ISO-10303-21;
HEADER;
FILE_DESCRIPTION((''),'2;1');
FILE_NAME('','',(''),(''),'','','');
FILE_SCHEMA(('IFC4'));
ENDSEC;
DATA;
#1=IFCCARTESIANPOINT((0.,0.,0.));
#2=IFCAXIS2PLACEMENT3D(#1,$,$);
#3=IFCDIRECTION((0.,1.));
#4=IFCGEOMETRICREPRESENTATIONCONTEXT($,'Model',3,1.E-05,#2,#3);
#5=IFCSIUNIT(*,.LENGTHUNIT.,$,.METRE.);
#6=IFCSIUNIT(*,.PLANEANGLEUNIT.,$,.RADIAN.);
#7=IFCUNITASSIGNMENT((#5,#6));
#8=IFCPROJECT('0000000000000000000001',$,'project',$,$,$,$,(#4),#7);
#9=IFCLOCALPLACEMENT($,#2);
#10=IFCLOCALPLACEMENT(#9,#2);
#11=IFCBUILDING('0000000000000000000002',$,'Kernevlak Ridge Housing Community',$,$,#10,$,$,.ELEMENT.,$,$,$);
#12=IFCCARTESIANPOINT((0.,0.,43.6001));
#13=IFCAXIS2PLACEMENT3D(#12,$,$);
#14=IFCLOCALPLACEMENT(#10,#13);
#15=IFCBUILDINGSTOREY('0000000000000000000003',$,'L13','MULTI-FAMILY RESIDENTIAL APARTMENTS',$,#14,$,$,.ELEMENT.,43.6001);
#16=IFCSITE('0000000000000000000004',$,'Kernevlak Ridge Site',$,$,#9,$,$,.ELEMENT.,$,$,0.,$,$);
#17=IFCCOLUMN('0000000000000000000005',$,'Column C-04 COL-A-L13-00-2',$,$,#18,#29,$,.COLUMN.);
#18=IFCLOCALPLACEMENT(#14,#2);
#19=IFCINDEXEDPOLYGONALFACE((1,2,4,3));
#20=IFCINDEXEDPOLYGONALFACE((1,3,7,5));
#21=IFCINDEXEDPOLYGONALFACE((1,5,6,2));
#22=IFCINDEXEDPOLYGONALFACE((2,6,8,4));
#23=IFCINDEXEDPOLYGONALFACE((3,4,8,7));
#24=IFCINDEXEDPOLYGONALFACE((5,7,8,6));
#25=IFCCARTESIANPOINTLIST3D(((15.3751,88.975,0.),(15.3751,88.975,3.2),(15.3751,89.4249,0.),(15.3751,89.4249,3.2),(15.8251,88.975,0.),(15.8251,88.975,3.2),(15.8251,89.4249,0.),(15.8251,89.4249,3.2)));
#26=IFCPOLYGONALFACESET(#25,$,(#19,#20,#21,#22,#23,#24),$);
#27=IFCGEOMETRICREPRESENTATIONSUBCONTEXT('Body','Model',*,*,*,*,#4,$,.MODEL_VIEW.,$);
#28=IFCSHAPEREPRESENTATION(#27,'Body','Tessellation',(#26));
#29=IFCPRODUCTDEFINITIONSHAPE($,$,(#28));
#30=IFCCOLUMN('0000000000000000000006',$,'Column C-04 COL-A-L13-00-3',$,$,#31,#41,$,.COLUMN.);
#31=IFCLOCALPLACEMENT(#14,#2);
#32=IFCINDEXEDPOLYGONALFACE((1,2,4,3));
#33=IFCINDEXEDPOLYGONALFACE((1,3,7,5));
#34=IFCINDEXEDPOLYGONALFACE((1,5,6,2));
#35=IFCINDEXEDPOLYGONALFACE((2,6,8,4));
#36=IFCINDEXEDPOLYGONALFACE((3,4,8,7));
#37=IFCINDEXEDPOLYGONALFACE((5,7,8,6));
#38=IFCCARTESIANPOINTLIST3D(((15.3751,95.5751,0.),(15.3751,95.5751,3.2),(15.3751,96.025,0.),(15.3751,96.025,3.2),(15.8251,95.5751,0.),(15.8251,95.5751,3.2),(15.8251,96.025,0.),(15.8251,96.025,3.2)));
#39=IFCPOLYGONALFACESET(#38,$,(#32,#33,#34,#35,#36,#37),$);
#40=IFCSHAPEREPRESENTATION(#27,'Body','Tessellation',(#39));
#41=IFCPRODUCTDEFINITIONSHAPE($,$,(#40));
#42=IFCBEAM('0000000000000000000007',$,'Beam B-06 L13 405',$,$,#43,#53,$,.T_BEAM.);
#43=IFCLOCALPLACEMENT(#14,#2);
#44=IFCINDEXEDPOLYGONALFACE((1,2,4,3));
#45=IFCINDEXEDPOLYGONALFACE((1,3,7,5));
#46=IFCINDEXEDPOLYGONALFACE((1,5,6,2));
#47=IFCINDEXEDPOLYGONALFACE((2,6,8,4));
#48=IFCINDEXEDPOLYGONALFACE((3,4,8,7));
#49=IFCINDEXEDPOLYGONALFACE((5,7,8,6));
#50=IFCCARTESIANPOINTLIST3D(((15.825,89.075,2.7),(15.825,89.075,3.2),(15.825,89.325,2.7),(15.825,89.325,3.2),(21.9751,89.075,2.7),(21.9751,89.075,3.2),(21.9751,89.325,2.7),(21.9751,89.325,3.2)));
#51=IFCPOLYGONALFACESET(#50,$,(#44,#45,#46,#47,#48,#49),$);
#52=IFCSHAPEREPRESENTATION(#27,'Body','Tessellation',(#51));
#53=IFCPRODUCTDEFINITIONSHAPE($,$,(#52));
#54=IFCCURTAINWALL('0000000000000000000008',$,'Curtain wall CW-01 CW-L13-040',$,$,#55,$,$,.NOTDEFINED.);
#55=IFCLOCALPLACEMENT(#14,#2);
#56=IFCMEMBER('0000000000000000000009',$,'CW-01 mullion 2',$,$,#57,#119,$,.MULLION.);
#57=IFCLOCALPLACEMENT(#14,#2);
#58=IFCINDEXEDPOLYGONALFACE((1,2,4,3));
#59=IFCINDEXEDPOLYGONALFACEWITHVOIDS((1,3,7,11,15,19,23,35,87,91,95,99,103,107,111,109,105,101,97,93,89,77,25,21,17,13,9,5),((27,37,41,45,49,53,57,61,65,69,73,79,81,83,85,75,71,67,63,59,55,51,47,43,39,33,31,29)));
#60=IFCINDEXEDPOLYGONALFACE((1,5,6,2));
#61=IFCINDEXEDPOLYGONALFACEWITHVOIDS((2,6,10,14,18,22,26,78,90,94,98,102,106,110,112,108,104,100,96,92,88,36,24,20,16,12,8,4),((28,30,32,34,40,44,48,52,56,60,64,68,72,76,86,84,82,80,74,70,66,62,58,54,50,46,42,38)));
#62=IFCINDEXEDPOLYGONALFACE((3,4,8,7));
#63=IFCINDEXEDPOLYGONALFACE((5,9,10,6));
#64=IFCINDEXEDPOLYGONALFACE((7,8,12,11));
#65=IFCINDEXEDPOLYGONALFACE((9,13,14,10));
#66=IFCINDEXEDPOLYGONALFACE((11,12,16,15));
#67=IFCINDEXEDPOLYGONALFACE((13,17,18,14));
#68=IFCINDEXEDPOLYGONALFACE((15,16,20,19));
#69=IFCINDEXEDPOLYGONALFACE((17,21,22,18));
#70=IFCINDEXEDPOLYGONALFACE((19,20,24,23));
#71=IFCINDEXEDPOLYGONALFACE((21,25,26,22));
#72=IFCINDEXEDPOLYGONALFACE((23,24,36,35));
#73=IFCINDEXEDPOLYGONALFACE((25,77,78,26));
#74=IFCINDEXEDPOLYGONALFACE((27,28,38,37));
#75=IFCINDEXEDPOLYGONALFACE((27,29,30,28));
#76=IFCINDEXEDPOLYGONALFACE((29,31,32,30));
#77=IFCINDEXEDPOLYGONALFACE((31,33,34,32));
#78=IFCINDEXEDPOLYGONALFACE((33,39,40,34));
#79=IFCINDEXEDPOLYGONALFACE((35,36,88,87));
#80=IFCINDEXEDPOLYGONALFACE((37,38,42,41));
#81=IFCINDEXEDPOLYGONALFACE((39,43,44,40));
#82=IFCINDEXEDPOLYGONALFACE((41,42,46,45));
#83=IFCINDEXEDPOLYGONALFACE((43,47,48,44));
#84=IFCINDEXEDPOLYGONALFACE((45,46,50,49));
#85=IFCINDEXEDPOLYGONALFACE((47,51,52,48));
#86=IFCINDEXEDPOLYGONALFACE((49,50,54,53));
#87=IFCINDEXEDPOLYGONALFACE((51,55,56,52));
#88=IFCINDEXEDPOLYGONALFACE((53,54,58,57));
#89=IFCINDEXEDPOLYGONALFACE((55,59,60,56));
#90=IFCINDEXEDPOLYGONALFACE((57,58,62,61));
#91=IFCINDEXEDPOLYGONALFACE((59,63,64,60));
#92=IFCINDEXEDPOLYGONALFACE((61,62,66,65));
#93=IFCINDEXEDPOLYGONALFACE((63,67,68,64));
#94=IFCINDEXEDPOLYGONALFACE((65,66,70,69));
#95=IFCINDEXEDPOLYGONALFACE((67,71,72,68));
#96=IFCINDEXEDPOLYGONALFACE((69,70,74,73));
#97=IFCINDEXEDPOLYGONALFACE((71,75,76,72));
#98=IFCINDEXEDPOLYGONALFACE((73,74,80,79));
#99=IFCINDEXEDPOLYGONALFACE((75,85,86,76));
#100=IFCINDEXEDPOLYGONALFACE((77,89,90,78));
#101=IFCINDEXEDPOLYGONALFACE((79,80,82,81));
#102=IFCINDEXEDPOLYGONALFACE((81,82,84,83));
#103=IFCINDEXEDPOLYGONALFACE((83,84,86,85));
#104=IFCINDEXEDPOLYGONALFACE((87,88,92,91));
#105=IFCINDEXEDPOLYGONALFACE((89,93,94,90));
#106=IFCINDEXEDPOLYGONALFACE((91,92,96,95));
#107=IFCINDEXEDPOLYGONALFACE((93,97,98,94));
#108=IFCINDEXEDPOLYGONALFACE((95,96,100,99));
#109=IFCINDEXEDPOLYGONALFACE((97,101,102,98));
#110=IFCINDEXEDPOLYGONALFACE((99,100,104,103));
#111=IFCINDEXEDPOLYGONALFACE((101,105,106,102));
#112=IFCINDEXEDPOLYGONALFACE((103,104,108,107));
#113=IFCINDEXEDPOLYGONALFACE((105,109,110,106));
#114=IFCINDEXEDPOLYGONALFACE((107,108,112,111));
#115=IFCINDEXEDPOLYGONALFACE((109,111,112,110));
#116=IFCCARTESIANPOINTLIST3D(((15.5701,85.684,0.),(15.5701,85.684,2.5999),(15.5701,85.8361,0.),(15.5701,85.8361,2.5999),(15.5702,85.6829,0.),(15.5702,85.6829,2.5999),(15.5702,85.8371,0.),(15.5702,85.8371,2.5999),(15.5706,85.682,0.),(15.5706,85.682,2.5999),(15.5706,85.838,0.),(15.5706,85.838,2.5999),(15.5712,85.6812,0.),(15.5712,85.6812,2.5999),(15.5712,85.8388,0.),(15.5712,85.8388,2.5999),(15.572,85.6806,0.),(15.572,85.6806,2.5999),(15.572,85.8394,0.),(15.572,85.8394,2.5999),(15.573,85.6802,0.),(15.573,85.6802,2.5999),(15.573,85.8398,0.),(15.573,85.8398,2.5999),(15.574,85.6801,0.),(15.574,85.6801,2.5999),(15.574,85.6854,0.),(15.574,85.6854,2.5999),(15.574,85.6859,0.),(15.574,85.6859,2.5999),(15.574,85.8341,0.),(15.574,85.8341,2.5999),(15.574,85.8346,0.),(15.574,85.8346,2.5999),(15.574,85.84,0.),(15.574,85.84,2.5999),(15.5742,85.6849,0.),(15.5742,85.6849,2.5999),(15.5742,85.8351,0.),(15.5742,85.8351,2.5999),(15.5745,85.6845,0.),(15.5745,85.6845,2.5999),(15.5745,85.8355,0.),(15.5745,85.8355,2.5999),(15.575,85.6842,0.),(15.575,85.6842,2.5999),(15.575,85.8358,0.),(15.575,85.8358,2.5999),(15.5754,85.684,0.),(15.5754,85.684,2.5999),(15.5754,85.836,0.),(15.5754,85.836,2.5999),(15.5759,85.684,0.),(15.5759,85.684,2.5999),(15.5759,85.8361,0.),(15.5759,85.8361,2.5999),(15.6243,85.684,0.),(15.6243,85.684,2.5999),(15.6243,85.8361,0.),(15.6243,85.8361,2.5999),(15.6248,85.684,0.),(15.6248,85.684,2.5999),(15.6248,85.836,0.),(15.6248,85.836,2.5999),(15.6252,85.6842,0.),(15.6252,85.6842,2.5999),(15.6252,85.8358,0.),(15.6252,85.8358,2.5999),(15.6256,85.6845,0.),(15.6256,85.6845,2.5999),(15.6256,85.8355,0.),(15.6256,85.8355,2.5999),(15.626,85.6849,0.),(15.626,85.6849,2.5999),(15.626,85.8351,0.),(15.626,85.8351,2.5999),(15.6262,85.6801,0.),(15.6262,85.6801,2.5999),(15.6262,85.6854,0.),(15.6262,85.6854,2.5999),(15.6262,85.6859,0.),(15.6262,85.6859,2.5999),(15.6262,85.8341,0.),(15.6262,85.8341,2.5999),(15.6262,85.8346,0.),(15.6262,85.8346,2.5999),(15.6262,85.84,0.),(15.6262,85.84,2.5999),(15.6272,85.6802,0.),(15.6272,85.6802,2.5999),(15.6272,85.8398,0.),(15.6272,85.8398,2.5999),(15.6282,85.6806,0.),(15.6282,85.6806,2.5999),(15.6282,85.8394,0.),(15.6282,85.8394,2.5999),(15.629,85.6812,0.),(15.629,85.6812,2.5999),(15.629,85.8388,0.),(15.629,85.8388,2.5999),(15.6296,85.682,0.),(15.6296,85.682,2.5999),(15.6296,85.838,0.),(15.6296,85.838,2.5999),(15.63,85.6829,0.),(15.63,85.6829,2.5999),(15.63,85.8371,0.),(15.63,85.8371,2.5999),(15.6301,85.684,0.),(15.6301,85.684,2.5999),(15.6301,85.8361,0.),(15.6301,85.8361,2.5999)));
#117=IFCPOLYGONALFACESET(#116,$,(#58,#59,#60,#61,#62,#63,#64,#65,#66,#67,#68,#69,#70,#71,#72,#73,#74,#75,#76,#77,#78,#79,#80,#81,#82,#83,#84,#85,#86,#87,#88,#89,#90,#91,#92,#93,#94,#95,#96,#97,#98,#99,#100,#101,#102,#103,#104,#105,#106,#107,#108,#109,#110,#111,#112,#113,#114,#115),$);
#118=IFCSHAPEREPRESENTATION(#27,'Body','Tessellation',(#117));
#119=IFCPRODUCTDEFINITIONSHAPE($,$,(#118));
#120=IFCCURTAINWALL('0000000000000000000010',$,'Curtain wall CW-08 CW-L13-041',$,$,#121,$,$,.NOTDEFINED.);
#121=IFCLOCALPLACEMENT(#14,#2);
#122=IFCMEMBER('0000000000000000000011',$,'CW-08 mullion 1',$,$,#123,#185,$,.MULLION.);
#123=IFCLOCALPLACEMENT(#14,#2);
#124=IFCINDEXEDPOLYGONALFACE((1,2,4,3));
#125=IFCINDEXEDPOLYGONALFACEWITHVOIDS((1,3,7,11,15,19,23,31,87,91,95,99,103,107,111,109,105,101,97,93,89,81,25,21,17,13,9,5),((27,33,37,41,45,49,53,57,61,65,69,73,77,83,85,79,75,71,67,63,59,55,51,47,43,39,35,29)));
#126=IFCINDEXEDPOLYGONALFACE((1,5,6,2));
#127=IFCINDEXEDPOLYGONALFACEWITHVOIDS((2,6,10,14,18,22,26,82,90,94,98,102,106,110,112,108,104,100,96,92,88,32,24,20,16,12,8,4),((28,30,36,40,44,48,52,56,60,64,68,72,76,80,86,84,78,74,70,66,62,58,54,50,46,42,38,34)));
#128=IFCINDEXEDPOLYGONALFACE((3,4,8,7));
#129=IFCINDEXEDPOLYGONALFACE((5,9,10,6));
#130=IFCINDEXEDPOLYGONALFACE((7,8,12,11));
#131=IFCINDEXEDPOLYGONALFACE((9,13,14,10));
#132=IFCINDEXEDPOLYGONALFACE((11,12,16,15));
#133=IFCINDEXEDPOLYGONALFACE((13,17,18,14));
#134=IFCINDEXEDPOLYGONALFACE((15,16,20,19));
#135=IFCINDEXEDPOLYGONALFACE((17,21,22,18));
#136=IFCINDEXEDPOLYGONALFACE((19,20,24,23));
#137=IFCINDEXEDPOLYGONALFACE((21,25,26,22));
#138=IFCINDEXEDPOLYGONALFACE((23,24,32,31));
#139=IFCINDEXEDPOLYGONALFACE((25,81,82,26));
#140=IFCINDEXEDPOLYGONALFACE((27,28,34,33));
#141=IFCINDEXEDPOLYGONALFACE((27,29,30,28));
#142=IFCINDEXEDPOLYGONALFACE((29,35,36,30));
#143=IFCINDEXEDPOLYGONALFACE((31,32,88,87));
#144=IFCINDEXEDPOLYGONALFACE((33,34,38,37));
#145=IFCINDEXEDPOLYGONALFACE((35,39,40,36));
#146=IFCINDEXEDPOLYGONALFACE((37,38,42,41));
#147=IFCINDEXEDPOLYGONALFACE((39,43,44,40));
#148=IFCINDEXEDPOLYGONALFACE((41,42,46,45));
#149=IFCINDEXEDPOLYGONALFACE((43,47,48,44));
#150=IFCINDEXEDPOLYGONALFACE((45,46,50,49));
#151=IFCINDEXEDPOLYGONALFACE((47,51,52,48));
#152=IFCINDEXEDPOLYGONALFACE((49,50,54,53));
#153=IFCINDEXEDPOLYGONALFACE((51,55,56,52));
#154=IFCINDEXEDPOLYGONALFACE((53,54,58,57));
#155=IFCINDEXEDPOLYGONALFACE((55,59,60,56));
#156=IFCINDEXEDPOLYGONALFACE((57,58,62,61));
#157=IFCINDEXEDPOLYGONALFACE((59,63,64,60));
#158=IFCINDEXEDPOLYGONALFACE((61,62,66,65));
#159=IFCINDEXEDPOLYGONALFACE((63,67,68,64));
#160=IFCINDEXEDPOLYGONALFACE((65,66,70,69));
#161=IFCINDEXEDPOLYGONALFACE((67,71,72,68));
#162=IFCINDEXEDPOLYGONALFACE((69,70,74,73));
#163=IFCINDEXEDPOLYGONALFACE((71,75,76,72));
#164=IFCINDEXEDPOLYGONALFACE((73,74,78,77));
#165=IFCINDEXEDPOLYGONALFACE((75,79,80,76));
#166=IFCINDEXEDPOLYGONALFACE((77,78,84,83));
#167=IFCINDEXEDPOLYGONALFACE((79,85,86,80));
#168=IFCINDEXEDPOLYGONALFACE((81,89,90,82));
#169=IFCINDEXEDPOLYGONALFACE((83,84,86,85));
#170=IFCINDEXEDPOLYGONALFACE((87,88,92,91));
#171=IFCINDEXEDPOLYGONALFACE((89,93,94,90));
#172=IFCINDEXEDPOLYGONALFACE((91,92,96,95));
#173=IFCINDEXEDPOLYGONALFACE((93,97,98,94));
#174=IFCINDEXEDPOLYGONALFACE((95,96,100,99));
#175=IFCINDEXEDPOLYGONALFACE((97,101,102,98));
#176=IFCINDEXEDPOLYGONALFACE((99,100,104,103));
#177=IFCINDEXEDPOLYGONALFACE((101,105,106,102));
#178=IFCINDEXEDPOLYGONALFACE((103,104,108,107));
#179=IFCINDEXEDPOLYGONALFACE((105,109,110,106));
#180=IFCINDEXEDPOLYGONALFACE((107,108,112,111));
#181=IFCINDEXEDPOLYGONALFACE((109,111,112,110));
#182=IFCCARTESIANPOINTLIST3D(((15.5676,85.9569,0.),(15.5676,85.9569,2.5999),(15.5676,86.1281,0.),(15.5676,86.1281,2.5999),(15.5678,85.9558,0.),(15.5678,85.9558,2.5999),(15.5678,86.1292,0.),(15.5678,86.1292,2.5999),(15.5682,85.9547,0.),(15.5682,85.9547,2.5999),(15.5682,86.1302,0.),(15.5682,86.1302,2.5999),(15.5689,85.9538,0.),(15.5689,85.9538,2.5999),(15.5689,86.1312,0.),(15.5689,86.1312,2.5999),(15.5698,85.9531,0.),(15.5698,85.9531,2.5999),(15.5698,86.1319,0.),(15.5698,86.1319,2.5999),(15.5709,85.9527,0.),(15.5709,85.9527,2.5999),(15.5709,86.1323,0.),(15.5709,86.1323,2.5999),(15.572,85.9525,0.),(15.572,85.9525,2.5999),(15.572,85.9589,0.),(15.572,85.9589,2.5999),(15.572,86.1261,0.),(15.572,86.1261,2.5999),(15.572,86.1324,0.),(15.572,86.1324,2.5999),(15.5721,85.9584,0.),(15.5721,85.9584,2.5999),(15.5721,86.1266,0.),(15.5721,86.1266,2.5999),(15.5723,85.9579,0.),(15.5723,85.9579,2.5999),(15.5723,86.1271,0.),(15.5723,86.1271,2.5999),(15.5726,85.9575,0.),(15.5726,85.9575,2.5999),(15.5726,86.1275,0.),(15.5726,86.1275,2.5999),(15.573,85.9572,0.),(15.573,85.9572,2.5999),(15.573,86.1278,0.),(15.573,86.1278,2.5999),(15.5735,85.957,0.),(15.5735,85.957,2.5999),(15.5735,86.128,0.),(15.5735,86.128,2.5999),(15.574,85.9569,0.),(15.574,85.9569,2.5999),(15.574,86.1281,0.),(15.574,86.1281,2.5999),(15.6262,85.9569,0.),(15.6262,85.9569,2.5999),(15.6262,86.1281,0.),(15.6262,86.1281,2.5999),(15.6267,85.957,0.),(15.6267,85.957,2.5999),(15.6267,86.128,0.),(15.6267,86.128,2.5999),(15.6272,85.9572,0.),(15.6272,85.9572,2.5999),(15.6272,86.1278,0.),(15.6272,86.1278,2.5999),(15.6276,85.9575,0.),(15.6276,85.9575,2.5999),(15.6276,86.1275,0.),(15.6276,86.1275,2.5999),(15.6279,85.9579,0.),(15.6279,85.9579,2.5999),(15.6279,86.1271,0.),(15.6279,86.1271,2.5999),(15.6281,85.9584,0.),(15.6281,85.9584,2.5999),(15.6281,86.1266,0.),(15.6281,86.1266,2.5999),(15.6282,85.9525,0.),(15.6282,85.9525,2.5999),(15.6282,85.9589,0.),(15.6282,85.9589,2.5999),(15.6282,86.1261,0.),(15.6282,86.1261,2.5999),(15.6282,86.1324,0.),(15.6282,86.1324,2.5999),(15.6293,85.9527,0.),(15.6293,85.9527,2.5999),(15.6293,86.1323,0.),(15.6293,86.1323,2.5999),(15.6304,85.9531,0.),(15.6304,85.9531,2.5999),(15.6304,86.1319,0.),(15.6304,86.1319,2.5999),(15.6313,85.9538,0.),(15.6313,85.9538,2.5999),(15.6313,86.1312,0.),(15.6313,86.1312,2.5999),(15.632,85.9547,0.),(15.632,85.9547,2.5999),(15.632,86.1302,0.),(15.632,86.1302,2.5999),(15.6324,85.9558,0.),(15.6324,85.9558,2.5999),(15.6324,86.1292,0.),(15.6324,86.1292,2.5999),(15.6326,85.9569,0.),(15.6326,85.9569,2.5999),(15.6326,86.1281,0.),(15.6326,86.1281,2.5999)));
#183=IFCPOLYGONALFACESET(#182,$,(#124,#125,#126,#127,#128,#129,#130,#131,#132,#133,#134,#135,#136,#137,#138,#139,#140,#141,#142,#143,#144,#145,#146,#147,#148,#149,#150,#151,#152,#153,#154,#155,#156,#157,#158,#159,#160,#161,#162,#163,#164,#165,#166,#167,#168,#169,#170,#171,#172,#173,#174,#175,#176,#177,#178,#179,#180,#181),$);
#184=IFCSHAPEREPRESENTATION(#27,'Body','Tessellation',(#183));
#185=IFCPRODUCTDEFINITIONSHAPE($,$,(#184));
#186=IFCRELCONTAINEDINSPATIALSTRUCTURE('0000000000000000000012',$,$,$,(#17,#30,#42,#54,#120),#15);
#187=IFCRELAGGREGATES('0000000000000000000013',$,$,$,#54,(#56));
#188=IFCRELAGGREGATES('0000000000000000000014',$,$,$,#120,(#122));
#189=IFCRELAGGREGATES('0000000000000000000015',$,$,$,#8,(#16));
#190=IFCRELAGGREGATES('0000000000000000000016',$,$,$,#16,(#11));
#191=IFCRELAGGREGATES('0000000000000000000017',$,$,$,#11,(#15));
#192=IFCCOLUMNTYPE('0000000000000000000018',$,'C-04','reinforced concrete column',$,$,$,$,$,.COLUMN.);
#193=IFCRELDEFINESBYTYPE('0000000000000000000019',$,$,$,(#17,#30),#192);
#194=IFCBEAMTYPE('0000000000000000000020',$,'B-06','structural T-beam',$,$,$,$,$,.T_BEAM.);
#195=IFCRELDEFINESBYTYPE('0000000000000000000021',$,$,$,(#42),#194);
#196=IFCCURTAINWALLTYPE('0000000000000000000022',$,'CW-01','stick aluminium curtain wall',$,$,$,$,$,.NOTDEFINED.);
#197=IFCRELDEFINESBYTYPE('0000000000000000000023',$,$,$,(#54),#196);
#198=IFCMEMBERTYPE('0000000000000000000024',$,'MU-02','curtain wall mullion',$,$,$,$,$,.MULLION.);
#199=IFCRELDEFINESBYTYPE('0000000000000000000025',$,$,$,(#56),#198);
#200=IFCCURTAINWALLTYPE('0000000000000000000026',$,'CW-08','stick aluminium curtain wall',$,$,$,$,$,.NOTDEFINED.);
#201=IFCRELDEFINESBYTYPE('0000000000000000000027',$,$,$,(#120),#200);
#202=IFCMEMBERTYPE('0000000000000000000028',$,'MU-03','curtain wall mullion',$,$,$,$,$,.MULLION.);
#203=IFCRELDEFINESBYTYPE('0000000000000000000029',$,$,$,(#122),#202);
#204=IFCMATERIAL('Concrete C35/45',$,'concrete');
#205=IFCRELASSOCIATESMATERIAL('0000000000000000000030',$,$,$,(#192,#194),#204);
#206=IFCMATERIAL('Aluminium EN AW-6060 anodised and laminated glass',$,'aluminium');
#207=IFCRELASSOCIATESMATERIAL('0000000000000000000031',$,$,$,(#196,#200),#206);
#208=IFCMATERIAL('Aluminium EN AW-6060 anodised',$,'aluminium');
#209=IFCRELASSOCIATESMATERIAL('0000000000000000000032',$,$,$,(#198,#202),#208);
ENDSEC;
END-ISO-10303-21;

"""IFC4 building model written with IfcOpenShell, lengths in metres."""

from ifc_helpers import new_model, si_unit, direction, frame, origin, origin_2d, place, context, subcontext, project, spatial, rectangle, hollow_rectangle, extrude, material, material_profile, profile_set, type_object, element, aggregate, save


model = new_model("IFC4")

# Units and contexts
model_context = context("Model", 3, precision=1e-05, world=origin(), true_north=direction((0.0, 1.0)))
body_context = subcontext(model_context, "Body", "Model", "MODEL_VIEW")
ifc_project = project(units=[si_unit("LENGTHUNIT", "METRE"), si_unit("PLANEANGLEUNIT", "RADIAN")], contexts=[model_context])

# Site, building, storey
site_placement = place(None, origin())
site = spatial("IfcSite", under=ifc_project, at=site_placement, Name="Kernevlak Ridge Site", CompositionType="ELEMENT", RefElevation=0.0)
building_placement = place(site_placement, origin())
building = spatial("IfcBuilding", under=site, at=building_placement, Name="Kernevlak Ridge Housing Community", CompositionType="ELEMENT")
storey_placement = place(building_placement, frame((0.0, 0.0, 43.6001)))
storey = spatial("IfcBuildingStorey", under=building, at=storey_placement, Name="L13", Description="MULTI-FAMILY RESIDENTIAL APARTMENTS", CompositionType="ELEMENT", Elevation=43.6001)

# Columns
ifc_material_1 = material(Name="Concrete C35/45", Category="concrete")
ifc_material_profile_1 = material_profile(ifc_material_1, rectangle(XDim=0.45, YDim=0.45, at=origin_2d()), Name="RC 450x450")
ifc_profile_set_1 = profile_set([ifc_material_profile_1], Name="Concrete C35/45")
column_type = type_object("IfcColumnType", Name="C-04", Description="reinforced concrete column", PredefinedType="COLUMN", material=ifc_profile_set_1)
for number, where, z_axis, x_axis, name in (
    (1, (15.6001, 89.2, 0.0), (0.0, 0.0, 1.0), (1.0, 0.0, 0.0), "Column C-04 COL-A-L13-00-2"),
    (2, (15.6001, 95.8, 0.0), (0.0, 0.0, 1.0), (1.0, 0.0, 0.0), "Column C-04 COL-A-L13-00-3"),
):
    element("IfcColumn", number, at=place(storey_placement, frame(where, z_axis=z_axis, x_axis=x_axis)), inside=storey, type_object=column_type, Name=name, PredefinedType="COLUMN", context=body_context, shape_type="SweptSolid", body=[
        extrude(rectangle(XDim=0.45, YDim=0.45, at=origin_2d()), origin(), (0.0, 0.0, 1.0), 3.2),
    ])

# Beam
ifc_material_profile_2 = material_profile(ifc_material_1, rectangle(XDim=0.25, YDim=0.5, at=origin_2d()), Name="RC 250x500")
ifc_profile_set_2 = profile_set([ifc_material_profile_2], Name="Concrete C35/45")
beam_type_1 = type_object("IfcBeamType", Name="B-06", Description="structural T-beam", PredefinedType="T_BEAM", material=ifc_profile_set_2)
beam_1_placement = place(storey_placement, frame((15.825, 89.2, 2.95), z_axis=(1.0, 0.0, 0.0), x_axis=(0.0, 1.0, 0.0)))
element("IfcBeam", 3, at=beam_1_placement, inside=storey, type_object=beam_type_1, Name="Beam B-06 L13 405", PredefinedType="T_BEAM", context=body_context, shape_type="SweptSolid", body=[
    extrude(rectangle(XDim=0.25, YDim=0.5, at=origin_2d()), origin(), (0.0, 0.0, 1.0), 6.1501),
])

# Curtain wall, member
ifc_material_2 = material(Name="Aluminium EN AW-6060 anodised and laminated glass", Category="aluminium")
curtain_wall_type_1 = type_object("IfcCurtainWallType", Name="CW-01", Description="stick aluminium curtain wall", PredefinedType="NOTDEFINED", material=ifc_material_2)
curtain_wall_1_placement = place(storey_placement, origin())
curtain_wall_1 = element("IfcCurtainWall", 4, at=curtain_wall_1_placement, inside=storey, type_object=curtain_wall_type_1, Name="Curtain wall CW-01 CW-L13-040", PredefinedType="NOTDEFINED")
ifc_material_3 = material(Name="Aluminium EN AW-6060 anodised", Category="aluminium")
ifc_material_profile_3 = material_profile(ifc_material_3, hollow_rectangle(XDim=0.0601, YDim=0.1599, WallThickness=0.0039, InnerFilletRadius=0.002, OuterFilletRadius=0.0039, at=origin_2d()), Name="ALU 60x160x4")
ifc_profile_set_3 = profile_set([ifc_material_profile_3], Name="Aluminium EN AW-6060 anodised")
member_type_1 = type_object("IfcMemberType", Name="MU-02", Description="curtain wall mullion", PredefinedType="MULLION", material=ifc_profile_set_3)
member_1_placement = place(storey_placement, frame((15.6001, 85.76, 0.0), z_axis=(0.0, 0.0, 1.0), x_axis=(-1.0, 0.0, 0.0)))
member_1 = element("IfcMember", 5, at=member_1_placement, type_object=member_type_1, Name="CW-01 mullion 2", PredefinedType="MULLION", context=body_context, shape_type="SweptSolid", body=[
    extrude(hollow_rectangle(XDim=0.0601, YDim=0.1599, WallThickness=0.0039, InnerFilletRadius=0.002, OuterFilletRadius=0.0039, at=origin_2d()), origin(), (0.0, 0.0, 1.0), 2.5999),
])
aggregate(curtain_wall_1, [member_1])

# Curtain wall, member
curtain_wall_type_2 = type_object("IfcCurtainWallType", Name="CW-08", Description="stick aluminium curtain wall", PredefinedType="NOTDEFINED", material=ifc_material_2)
curtain_wall_2_placement = place(storey_placement, origin())
curtain_wall_2 = element("IfcCurtainWall", 6, at=curtain_wall_2_placement, inside=storey, type_object=curtain_wall_type_2, Name="Curtain wall CW-08 CW-L13-041", PredefinedType="NOTDEFINED")
ifc_material_profile_4 = material_profile(ifc_material_3, hollow_rectangle(XDim=0.0649, YDim=0.1799, WallThickness=0.0044, InnerFilletRadius=0.002, OuterFilletRadius=0.0044, at=origin_2d()), Name="ALU 65x180x4.5")
ifc_profile_set_4 = profile_set([ifc_material_profile_4], Name="Aluminium EN AW-6060 anodised")
member_type_2 = type_object("IfcMemberType", Name="MU-03", Description="curtain wall mullion", PredefinedType="MULLION", material=ifc_profile_set_4)
member_2_placement = place(storey_placement, frame((15.6001, 86.0425, 0.0), z_axis=(0.0, 0.0, 1.0), x_axis=(-1.0, 0.0, 0.0)))
member_2 = element("IfcMember", 7, at=member_2_placement, type_object=member_type_2, Name="CW-08 mullion 1", PredefinedType="MULLION", context=body_context, shape_type="SweptSolid", body=[
    extrude(hollow_rectangle(XDim=0.0649, YDim=0.1799, WallThickness=0.0044, InnerFilletRadius=0.002, OuterFilletRadius=0.0044, at=origin_2d()), origin(), (0.0, 0.0, 1.0), 2.5999),
])

aggregate(curtain_wall_2, [member_2])

save(model, "model.ifc")
